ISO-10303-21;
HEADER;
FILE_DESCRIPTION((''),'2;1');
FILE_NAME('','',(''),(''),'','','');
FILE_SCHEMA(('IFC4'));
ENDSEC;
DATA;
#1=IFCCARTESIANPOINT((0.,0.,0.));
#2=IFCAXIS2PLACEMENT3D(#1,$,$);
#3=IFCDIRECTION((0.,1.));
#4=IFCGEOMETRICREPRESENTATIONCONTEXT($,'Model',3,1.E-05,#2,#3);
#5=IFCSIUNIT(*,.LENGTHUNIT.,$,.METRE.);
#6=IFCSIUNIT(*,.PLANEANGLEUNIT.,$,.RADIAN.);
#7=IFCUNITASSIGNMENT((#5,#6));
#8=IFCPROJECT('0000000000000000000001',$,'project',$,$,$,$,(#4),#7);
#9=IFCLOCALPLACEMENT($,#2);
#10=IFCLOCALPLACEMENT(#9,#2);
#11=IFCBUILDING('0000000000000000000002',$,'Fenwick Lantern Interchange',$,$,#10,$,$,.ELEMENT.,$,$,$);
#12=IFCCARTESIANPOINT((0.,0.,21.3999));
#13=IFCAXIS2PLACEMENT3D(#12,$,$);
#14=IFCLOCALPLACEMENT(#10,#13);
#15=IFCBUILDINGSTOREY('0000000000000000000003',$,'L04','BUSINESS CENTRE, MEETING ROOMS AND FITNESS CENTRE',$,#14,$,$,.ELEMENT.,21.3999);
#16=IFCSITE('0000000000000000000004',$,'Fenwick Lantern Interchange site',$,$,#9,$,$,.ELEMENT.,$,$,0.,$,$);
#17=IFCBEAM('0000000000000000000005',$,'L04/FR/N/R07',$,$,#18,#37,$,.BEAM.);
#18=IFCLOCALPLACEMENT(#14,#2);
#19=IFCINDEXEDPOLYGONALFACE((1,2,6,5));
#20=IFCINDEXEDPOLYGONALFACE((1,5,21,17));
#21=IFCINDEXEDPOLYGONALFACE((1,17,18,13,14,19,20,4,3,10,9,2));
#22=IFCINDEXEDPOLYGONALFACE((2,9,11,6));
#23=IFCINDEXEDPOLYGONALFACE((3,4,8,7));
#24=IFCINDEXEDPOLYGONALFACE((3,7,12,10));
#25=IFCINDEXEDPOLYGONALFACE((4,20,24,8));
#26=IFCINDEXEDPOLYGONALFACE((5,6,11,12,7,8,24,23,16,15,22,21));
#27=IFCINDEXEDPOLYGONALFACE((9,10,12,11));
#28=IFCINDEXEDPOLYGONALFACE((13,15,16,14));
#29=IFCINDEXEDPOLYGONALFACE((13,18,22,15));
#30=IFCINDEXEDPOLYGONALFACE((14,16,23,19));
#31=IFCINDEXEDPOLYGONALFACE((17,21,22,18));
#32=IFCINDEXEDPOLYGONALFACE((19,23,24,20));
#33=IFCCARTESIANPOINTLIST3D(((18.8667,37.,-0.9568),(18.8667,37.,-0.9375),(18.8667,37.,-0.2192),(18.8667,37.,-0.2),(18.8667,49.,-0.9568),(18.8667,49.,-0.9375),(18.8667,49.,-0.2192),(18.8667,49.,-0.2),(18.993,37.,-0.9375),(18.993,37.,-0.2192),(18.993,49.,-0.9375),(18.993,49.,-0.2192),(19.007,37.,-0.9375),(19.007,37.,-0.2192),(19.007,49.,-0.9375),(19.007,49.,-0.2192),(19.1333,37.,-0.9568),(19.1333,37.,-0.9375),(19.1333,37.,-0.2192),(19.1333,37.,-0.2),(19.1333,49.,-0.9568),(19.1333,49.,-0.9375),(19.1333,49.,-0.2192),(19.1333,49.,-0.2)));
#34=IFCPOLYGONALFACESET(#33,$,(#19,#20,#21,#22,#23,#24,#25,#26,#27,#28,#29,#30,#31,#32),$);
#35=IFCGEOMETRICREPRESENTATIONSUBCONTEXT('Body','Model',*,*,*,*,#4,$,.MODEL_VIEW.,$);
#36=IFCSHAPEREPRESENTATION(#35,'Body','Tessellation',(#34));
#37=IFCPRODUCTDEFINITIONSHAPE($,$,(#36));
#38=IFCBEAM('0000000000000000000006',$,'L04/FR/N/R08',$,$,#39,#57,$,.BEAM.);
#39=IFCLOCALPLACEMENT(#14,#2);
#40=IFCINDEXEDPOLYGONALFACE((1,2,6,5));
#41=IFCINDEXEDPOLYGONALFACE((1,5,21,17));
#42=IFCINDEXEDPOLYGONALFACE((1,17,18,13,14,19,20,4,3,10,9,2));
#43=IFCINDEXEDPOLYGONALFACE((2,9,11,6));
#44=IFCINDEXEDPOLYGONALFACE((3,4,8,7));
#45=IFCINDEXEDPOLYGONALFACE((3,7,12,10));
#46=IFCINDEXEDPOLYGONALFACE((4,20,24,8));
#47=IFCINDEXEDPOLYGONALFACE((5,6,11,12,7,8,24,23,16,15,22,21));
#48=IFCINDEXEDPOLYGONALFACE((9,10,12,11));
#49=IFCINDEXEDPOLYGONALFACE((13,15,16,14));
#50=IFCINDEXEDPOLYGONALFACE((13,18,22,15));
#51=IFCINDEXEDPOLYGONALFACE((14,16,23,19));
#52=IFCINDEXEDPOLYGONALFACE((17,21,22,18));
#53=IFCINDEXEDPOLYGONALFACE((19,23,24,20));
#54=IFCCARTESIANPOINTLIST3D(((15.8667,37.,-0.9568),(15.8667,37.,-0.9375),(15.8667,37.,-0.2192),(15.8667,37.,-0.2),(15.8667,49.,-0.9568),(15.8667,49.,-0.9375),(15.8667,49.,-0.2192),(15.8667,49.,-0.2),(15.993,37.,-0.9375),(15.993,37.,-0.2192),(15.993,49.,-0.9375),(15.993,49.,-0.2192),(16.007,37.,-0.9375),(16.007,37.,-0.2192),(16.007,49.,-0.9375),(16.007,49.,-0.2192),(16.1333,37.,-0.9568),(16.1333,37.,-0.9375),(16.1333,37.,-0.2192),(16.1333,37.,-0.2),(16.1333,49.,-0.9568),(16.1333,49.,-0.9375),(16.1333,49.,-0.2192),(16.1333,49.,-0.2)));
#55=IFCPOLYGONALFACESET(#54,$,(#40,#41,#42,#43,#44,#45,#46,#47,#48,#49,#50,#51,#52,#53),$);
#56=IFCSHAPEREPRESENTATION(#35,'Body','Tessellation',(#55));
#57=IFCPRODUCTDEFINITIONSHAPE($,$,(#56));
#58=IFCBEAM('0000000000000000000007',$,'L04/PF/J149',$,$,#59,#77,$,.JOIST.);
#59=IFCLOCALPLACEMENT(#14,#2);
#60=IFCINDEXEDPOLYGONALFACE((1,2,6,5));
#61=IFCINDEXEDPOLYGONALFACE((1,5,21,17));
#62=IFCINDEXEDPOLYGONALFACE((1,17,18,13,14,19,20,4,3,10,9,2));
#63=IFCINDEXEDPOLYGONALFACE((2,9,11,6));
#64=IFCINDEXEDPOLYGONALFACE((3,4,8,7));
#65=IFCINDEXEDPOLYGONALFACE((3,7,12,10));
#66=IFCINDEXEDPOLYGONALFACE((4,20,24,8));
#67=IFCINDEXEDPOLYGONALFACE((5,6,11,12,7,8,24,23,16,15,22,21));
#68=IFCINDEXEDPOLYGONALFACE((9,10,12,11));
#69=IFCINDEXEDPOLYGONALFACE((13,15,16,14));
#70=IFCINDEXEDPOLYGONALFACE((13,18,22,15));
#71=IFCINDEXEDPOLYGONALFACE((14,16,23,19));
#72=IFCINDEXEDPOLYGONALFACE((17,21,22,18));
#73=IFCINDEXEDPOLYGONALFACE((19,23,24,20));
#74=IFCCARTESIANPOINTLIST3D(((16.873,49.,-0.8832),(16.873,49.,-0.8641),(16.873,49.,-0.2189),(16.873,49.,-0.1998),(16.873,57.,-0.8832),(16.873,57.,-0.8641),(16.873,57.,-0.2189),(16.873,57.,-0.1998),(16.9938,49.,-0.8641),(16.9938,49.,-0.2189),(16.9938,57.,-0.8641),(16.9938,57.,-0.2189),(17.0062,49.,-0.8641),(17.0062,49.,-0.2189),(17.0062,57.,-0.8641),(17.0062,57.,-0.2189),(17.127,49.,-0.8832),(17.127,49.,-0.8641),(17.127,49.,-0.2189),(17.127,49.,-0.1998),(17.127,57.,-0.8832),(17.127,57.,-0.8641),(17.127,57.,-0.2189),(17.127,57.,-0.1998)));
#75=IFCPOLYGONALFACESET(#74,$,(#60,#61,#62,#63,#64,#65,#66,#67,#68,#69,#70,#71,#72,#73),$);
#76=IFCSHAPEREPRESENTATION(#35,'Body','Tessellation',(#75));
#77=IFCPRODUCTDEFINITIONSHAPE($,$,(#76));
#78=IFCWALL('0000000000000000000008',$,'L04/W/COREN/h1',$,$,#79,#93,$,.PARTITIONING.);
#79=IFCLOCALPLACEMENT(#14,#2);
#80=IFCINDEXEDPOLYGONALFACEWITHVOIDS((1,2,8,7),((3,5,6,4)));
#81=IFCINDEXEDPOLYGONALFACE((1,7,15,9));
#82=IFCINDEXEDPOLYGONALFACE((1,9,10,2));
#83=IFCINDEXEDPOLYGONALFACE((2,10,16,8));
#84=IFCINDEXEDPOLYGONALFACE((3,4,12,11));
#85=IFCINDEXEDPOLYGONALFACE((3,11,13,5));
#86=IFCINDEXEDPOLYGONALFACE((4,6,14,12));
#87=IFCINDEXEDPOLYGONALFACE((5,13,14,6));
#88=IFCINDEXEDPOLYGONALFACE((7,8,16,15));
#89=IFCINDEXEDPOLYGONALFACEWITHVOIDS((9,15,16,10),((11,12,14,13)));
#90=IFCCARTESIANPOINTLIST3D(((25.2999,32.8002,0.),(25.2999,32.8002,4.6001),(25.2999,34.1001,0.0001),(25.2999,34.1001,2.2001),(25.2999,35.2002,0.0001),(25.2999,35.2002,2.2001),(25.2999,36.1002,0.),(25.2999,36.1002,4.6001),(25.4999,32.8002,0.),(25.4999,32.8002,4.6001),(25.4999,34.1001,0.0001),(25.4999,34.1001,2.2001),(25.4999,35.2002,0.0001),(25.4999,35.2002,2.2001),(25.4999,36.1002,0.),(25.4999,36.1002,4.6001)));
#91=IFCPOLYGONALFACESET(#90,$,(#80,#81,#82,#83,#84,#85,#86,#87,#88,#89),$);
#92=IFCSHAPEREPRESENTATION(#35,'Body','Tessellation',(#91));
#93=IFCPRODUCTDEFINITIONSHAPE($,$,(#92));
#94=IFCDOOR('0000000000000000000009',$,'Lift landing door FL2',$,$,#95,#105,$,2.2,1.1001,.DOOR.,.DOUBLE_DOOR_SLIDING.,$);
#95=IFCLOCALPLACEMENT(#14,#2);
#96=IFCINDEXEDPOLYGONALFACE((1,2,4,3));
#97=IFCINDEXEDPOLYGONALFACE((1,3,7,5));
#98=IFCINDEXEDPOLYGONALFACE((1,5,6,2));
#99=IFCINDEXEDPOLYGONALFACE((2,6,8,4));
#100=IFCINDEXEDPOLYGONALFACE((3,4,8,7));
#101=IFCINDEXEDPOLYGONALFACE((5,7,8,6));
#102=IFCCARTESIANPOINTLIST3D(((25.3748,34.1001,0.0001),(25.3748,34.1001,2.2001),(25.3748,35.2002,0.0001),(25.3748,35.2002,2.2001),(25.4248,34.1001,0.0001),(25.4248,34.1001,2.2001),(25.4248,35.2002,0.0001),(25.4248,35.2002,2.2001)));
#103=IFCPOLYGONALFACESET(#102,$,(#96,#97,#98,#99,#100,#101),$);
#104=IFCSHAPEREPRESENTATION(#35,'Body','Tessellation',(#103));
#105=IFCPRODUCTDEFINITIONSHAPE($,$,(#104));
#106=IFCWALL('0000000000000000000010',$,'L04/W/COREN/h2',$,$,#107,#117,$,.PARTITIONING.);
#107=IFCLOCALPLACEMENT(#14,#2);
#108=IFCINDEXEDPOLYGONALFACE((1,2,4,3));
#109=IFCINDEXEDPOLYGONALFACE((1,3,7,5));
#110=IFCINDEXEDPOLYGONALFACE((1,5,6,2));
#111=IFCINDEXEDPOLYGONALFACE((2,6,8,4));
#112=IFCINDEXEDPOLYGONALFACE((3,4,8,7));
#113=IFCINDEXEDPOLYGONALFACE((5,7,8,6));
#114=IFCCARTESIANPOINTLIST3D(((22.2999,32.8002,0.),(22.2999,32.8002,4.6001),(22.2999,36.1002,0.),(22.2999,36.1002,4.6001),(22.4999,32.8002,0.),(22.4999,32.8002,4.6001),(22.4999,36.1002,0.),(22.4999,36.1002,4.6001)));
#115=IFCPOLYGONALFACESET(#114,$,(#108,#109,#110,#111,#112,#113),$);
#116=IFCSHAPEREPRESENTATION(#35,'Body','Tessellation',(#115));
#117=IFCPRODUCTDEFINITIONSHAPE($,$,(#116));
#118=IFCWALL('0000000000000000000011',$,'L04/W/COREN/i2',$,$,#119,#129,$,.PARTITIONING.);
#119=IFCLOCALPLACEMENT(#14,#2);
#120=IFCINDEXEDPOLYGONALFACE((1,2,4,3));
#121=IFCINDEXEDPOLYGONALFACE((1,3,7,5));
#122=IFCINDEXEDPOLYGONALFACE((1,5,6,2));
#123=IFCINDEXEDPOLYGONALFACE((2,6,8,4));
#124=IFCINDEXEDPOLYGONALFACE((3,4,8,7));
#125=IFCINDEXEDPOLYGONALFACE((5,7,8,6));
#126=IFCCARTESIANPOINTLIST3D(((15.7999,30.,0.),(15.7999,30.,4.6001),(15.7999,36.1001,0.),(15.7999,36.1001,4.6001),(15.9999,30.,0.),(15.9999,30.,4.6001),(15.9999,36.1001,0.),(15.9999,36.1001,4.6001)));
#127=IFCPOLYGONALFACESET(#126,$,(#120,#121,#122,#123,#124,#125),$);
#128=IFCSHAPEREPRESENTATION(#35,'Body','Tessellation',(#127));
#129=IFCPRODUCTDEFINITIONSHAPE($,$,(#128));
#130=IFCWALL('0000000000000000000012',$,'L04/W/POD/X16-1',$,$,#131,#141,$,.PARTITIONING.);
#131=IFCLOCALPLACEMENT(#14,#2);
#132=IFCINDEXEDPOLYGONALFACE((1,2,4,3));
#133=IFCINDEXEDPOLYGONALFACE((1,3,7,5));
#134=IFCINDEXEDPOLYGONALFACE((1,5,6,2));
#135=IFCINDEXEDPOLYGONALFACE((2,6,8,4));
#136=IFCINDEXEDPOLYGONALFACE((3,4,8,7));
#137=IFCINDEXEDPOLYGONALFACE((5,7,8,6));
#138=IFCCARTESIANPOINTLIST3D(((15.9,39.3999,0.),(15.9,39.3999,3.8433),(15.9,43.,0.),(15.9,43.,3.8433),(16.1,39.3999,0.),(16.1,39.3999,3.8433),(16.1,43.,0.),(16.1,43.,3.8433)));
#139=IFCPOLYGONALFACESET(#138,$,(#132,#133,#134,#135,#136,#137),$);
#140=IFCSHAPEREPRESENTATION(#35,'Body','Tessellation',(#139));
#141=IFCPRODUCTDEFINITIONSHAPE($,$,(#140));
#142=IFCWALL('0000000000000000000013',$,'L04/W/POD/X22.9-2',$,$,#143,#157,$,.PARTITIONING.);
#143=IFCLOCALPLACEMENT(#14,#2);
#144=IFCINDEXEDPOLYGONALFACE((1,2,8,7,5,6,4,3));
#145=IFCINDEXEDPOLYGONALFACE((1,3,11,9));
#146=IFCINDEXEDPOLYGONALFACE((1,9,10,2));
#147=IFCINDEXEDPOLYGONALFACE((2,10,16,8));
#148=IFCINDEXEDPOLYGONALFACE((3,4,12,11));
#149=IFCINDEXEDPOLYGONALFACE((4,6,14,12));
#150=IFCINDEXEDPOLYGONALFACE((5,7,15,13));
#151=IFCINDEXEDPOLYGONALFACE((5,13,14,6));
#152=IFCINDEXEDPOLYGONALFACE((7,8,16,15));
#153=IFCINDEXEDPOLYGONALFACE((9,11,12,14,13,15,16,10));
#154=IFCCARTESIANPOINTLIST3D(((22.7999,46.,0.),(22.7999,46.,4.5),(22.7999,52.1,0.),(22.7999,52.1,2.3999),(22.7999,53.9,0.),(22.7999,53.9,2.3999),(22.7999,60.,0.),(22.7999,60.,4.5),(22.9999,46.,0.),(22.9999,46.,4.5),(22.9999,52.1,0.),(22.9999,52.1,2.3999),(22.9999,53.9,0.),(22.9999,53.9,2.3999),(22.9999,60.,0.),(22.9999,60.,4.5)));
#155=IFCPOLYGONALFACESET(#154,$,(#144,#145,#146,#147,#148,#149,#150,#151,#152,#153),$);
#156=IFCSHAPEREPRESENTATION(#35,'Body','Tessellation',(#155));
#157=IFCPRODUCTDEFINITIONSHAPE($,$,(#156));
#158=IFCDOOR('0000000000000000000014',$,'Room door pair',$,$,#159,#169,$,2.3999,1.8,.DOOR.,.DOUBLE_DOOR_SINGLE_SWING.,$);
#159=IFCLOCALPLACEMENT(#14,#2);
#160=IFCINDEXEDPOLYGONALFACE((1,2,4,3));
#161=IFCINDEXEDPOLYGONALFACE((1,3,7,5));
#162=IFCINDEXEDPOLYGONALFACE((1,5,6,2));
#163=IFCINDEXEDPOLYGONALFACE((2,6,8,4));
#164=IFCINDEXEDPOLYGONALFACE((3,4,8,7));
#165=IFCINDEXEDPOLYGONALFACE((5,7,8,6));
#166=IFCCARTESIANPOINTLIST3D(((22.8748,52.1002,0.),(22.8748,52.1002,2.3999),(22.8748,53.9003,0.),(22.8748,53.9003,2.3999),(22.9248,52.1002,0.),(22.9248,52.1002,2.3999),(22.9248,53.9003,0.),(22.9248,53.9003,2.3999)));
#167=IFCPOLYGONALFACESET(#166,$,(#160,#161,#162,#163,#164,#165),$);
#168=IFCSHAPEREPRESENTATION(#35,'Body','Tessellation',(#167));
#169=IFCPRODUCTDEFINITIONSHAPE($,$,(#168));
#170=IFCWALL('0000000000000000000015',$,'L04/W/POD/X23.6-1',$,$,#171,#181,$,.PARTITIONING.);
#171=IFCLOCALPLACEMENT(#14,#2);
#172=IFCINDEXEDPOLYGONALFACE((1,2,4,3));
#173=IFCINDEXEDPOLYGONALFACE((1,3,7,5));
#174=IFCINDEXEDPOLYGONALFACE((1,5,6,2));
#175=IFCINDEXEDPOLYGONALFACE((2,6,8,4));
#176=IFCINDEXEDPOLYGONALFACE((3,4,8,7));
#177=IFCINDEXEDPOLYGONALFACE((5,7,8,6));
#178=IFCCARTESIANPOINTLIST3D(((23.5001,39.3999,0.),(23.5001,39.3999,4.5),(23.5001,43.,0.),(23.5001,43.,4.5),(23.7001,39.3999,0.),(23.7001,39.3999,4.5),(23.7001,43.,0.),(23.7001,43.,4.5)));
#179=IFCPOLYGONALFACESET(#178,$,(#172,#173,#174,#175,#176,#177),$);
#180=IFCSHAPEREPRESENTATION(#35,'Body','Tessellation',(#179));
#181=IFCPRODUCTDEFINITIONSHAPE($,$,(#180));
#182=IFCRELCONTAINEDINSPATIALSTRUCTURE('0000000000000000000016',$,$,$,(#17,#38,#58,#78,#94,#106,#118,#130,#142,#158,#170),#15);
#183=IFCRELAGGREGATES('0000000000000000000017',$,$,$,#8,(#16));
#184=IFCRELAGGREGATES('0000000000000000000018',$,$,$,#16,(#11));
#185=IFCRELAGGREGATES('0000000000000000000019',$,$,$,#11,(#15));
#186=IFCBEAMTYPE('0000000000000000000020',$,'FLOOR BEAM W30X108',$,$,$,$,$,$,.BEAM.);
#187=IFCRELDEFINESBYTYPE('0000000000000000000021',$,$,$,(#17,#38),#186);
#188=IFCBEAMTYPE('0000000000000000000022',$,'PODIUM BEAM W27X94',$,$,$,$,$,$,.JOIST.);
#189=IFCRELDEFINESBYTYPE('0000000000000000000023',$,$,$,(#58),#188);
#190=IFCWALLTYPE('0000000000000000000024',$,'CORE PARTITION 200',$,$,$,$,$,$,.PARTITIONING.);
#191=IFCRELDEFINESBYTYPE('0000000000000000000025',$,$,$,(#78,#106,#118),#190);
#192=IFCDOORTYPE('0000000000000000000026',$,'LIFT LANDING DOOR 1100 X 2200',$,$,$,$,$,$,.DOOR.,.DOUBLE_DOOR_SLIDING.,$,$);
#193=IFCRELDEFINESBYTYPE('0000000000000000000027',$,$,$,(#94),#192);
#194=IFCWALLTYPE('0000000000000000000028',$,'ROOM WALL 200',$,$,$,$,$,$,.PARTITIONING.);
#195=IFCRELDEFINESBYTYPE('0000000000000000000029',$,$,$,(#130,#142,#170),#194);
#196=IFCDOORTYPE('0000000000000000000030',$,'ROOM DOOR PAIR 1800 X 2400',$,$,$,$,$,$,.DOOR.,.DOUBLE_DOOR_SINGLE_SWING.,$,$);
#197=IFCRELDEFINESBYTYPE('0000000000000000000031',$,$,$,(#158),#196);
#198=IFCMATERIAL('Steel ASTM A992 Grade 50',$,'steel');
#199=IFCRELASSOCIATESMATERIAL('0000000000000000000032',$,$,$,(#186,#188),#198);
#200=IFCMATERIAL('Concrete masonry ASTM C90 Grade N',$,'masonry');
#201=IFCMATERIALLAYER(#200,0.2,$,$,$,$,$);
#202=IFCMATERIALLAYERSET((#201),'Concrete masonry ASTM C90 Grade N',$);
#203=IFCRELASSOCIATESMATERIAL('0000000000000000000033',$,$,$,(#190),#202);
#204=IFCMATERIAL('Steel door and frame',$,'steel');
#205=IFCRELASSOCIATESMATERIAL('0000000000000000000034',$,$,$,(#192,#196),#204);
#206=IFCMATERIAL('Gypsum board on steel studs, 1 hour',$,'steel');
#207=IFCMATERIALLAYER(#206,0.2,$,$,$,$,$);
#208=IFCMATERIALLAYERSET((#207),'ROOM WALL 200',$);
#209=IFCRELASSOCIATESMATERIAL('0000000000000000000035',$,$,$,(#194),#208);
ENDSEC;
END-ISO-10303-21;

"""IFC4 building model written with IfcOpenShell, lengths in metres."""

from ifc_helpers import new_model, si_unit, direction, frame, frame_2d, origin, origin_2d, place, context, subcontext, project, spatial, rectangle, i_section, extrude, material, layer, layer_set, material_profile, profile_set, type_object, element, fill, save


model = new_model("IFC4")

# Units and contexts
model_context = context("Model", 3, precision=1e-05, world=origin(), true_north=direction((0.0, 1.0)))
body_context = subcontext(model_context, "Body", "Model", "MODEL_VIEW")
ifc_project = project(units=[si_unit("LENGTHUNIT", "METRE"), si_unit("PLANEANGLEUNIT", "RADIAN")], contexts=[model_context])

# Site, building, storey
site_placement = place(None, origin())
site = spatial("IfcSite", under=ifc_project, at=site_placement, Name="Fenwick Lantern Interchange site", CompositionType="ELEMENT", RefElevation=0.0)
building_placement = place(site_placement, origin())
building = spatial("IfcBuilding", under=site, at=building_placement, Name="Fenwick Lantern Interchange", CompositionType="ELEMENT")
storey_placement = place(building_placement, frame((0.0, 0.0, 21.3999)))
storey = spatial("IfcBuildingStorey", under=building, at=storey_placement, Name="L04", Description="BUSINESS CENTRE, MEETING ROOMS AND FITNESS CENTRE", CompositionType="ELEMENT", Elevation=21.3999)

# Beams
ifc_material_1 = material(Name="Steel ASTM A992 Grade 50", Category="steel")
ifc_material_profile_1 = material_profile(ifc_material_1, i_section(OverallWidth=0.2666, OverallDepth=0.7568, WebThickness=0.0139, FlangeThickness=0.0193, at=origin_2d()), Name="W30X108")
ifc_profile_set_1 = profile_set([ifc_material_profile_1], Name="Steel ASTM A992 Grade 50")
beam_type_1 = type_object("IfcBeamType", Name="FLOOR BEAM W30X108", PredefinedType="BEAM", material=ifc_profile_set_1)
for number, where, z_axis, x_axis, name in (
    (1, (19.0, 49.0, -0.5784), (0.0, -1.0, 0.0), (1.0, 0.0, 0.0), "L04/FR/N/R07"),
    (2, (16.0, 49.0, -0.5784), (0.0, -1.0, 0.0), (1.0, 0.0, 0.0), "L04/FR/N/R08"),
):
    element("IfcBeam", number, at=place(storey_placement, frame(where, z_axis=z_axis, x_axis=x_axis)), inside=storey, type_object=beam_type_1, Name=name, PredefinedType="BEAM", context=body_context, shape_type="SweptSolid", body=[
        extrude(i_section(OverallWidth=0.2666, OverallDepth=0.7568, WebThickness=0.0139, FlangeThickness=0.0193, at=origin_2d()), origin(), (0.0, 0.0, 1.0), 12.0),
    ])
ifc_material_profile_2 = material_profile(ifc_material_1, i_section(OverallWidth=0.2539, OverallDepth=0.6833, WebThickness=0.0125, FlangeThickness=0.019, at=origin_2d()), Name="W27X94")
ifc_profile_set_2 = profile_set([ifc_material_profile_2], Name="Steel ASTM A992 Grade 50")
beam_type_2 = type_object("IfcBeamType", Name="PODIUM BEAM W27X94", PredefinedType="JOIST", material=ifc_profile_set_2)
beam_placement = place(storey_placement, frame((17.0, 49.0, -0.5415), z_axis=(0.0, 1.0, 0.0), x_axis=(-1.0, 0.0, 0.0)))
element("IfcBeam", 3, at=beam_placement, inside=storey, type_object=beam_type_2, Name="L04/PF/J149", PredefinedType="JOIST", context=body_context, shape_type="SweptSolid", body=[
    extrude(i_section(OverallWidth=0.2539, OverallDepth=0.6833, WebThickness=0.0125, FlangeThickness=0.019, at=origin_2d()), origin(), (0.0, 0.0, 1.0), 8.0),
])

# Wall, opening, door
ifc_material_2 = material(Name="Concrete masonry ASTM C90 Grade N", Category="masonry")
ifc_layer_1 = layer(ifc_material_2, 0.2)
ifc_layer_set_1 = layer_set([ifc_layer_1], Name="Concrete masonry ASTM C90 Grade N")
wall_type_1 = type_object("IfcWallType", Name="CORE PARTITION 200", PredefinedType="PARTITIONING", material=ifc_layer_set_1)
wall_1_placement = place(storey_placement, frame((25.3999, 36.1001, 0.0), z_axis=(0.0, 0.0, 1.0), x_axis=(0.0, -1.0, 0.0)))
wall_1 = element("IfcWall", 4, at=wall_1_placement, inside=storey, type_object=wall_type_1, Name="L04/W/COREN/h1", PredefinedType="PARTITIONING", context=body_context, shape_type="SweptSolid", body=[
    extrude(rectangle(XDim=3.3, YDim=0.2, at=frame_2d((1.6499, 0.0))), origin(), (0.0, 0.0, 1.0), 4.6001),
])
opening_1_placement = place(wall_1_placement, frame((0.8999, 0.0, 0.0)))
opening_1 = element("IfcOpeningElement", 5, at=opening_1_placement, cuts=wall_1, PredefinedType="OPENING", context=body_context, shape_type="SweptSolid", body=[
    extrude(rectangle(XDim=1.1001, YDim=2.2, at=frame_2d((0.55, 1.1001))), frame((0.0, 0.1099, 0.0), z_axis=(0.0, -1.0, 0.0), x_axis=(1.0, 0.0, 0.0)), (0.0, 0.0, 1.0), 0.22),
])
ifc_material_3 = material(Name="Steel door and frame", Category="steel")
door_type_1 = type_object("IfcDoorType", Name="LIFT LANDING DOOR 1100 X 2200", OperationType="DOUBLE_DOOR_SLIDING", PredefinedType="DOOR", material=ifc_material_3)
door_1_placement = place(opening_1_placement, origin())
door_1 = element("IfcDoor", 6, at=door_1_placement, inside=storey, type_object=door_type_1, Name="Lift landing door FL2", OperationType="DOUBLE_DOOR_SLIDING", OverallHeight=2.2, OverallWidth=1.1001, PredefinedType="DOOR", context=body_context, shape_type="SweptSolid", body=[
    extrude(rectangle(XDim=1.1001, YDim=2.2, at=frame_2d((0.55, 1.1001))), frame((0.0, 0.0249, 0.0), z_axis=(0.0, -1.0, 0.0), x_axis=(1.0, 0.0, 0.0)), (0.0, 0.0, 1.0), 0.05),
])
fill(opening_1, door_1)

# Walls
wall_2_placement = place(storey_placement, frame((22.3999, 36.1001, 0.0), z_axis=(0.0, 0.0, 1.0), x_axis=(0.0, -1.0, 0.0)))
element("IfcWall", 7, at=wall_2_placement, inside=storey, type_object=wall_type_1, Name="L04/W/COREN/h2", PredefinedType="PARTITIONING", context=body_context, shape_type="SweptSolid", body=[
    extrude(rectangle(XDim=3.3, YDim=0.2, at=frame_2d((1.6499, 0.0))), origin(), (0.0, 0.0, 1.0), 4.6001),
])
wall_3_placement = place(storey_placement, frame((15.8999, 36.1001, 0.0), z_axis=(0.0, 0.0, 1.0), x_axis=(0.0, -1.0, 0.0)))
element("IfcWall", 8, at=wall_3_placement, inside=storey, type_object=wall_type_1, Name="L04/W/COREN/i2", PredefinedType="PARTITIONING", context=body_context, shape_type="SweptSolid", body=[
    extrude(rectangle(XDim=6.1001, YDim=0.2, at=frame_2d((3.05, 0.0))), origin(), (0.0, 0.0, 1.0), 4.6001),
])
ifc_material_4 = material(Name="Gypsum board on steel studs, 1 hour", Category="steel")
ifc_layer_2 = layer(ifc_material_4, 0.2)
ifc_layer_set_2 = layer_set([ifc_layer_2], Name="ROOM WALL 200")
wall_type_2 = type_object("IfcWallType", Name="ROOM WALL 200", PredefinedType="PARTITIONING", material=ifc_layer_set_2)
wall_4_placement = place(storey_placement, frame((16.0, 39.3999, 0.0), z_axis=(0.0, 0.0, 1.0), x_axis=(0.0, 1.0, 0.0)))
element("IfcWall", 9, at=wall_4_placement, inside=storey, type_object=wall_type_2, Name="L04/W/POD/X16-1", PredefinedType="PARTITIONING", context=body_context, shape_type="SweptSolid", body=[
    extrude(rectangle(XDim=3.6001, YDim=0.2, at=frame_2d((1.8, 0.0))), origin(), (0.0, 0.0, 1.0), 3.8433),
])

# Wall, opening, door
wall_5_placement = place(storey_placement, frame((22.8999, 46.0, 0.0), z_axis=(0.0, 0.0, 1.0), x_axis=(0.0, 1.0, 0.0)))
wall_5 = element("IfcWall", 10, at=wall_5_placement, inside=storey, type_object=wall_type_2, Name="L04/W/POD/X22.9-2", PredefinedType="PARTITIONING", context=body_context, shape_type="SweptSolid", body=[
    extrude(rectangle(XDim=14.0, YDim=0.2, at=frame_2d((7.0, 0.0))), origin(), (0.0, 0.0, 1.0), 4.5),
])
opening_2_placement = place(wall_5_placement, frame((6.1001, 0.0, 0.0)))
opening_2 = element("IfcOpeningElement", 11, at=opening_2_placement, cuts=wall_5, PredefinedType="OPENING", context=body_context, shape_type="SweptSolid", body=[
    extrude(rectangle(XDim=1.8, YDim=2.3999, at=frame_2d((0.8999, 1.2))), frame((0.0, 0.1099, 0.0), z_axis=(0.0, -1.0, 0.0), x_axis=(1.0, 0.0, 0.0)), (0.0, 0.0, 1.0), 0.22),
])
door_type_2 = type_object("IfcDoorType", Name="ROOM DOOR PAIR 1800 X 2400", OperationType="DOUBLE_DOOR_SINGLE_SWING", PredefinedType="DOOR", material=ifc_material_3)
door_2_placement = place(opening_2_placement, frame((1.8, 0.0, 0.0), z_axis=(0.0, 0.0, 1.0), x_axis=(-1.0, 0.0, 0.0)))
door_2 = element("IfcDoor", 12, at=door_2_placement, inside=storey, type_object=door_type_2, Name="Room door pair", OperationType="DOUBLE_DOOR_SINGLE_SWING", OverallHeight=2.3999, OverallWidth=1.8, PredefinedType="DOOR", context=body_context, shape_type="SweptSolid", body=[
    extrude(rectangle(XDim=1.8, YDim=2.3999, at=frame_2d((0.8999, 1.2))), frame((0.0, 0.0249, 0.0), z_axis=(0.0, -1.0, 0.0), x_axis=(1.0, 0.0, 0.0)), (0.0, 0.0, 1.0), 0.05),
])
fill(opening_2, door_2)

# Wall
for number, where, z_axis, x_axis, name in (
    (13, (23.6001, 39.3999, 0.0), (0.0, 0.0, 1.0), (0.0, 1.0, 0.0), "L04/W/POD/X23.6-1"),
):
    element("IfcWall", number, at=place(storey_placement, frame(where, z_axis=z_axis, x_axis=x_axis)), inside=storey, type_object=wall_type_2, Name=name, PredefinedType="PARTITIONING", context=body_context, shape_type="SweptSolid", body=[
        extrude(rectangle(XDim=3.6001, YDim=0.2, at=frame_2d((1.8, 0.0))), origin(), (0.0, 0.0, 1.0), 4.5),
    ])

save(model, "model.ifc")
